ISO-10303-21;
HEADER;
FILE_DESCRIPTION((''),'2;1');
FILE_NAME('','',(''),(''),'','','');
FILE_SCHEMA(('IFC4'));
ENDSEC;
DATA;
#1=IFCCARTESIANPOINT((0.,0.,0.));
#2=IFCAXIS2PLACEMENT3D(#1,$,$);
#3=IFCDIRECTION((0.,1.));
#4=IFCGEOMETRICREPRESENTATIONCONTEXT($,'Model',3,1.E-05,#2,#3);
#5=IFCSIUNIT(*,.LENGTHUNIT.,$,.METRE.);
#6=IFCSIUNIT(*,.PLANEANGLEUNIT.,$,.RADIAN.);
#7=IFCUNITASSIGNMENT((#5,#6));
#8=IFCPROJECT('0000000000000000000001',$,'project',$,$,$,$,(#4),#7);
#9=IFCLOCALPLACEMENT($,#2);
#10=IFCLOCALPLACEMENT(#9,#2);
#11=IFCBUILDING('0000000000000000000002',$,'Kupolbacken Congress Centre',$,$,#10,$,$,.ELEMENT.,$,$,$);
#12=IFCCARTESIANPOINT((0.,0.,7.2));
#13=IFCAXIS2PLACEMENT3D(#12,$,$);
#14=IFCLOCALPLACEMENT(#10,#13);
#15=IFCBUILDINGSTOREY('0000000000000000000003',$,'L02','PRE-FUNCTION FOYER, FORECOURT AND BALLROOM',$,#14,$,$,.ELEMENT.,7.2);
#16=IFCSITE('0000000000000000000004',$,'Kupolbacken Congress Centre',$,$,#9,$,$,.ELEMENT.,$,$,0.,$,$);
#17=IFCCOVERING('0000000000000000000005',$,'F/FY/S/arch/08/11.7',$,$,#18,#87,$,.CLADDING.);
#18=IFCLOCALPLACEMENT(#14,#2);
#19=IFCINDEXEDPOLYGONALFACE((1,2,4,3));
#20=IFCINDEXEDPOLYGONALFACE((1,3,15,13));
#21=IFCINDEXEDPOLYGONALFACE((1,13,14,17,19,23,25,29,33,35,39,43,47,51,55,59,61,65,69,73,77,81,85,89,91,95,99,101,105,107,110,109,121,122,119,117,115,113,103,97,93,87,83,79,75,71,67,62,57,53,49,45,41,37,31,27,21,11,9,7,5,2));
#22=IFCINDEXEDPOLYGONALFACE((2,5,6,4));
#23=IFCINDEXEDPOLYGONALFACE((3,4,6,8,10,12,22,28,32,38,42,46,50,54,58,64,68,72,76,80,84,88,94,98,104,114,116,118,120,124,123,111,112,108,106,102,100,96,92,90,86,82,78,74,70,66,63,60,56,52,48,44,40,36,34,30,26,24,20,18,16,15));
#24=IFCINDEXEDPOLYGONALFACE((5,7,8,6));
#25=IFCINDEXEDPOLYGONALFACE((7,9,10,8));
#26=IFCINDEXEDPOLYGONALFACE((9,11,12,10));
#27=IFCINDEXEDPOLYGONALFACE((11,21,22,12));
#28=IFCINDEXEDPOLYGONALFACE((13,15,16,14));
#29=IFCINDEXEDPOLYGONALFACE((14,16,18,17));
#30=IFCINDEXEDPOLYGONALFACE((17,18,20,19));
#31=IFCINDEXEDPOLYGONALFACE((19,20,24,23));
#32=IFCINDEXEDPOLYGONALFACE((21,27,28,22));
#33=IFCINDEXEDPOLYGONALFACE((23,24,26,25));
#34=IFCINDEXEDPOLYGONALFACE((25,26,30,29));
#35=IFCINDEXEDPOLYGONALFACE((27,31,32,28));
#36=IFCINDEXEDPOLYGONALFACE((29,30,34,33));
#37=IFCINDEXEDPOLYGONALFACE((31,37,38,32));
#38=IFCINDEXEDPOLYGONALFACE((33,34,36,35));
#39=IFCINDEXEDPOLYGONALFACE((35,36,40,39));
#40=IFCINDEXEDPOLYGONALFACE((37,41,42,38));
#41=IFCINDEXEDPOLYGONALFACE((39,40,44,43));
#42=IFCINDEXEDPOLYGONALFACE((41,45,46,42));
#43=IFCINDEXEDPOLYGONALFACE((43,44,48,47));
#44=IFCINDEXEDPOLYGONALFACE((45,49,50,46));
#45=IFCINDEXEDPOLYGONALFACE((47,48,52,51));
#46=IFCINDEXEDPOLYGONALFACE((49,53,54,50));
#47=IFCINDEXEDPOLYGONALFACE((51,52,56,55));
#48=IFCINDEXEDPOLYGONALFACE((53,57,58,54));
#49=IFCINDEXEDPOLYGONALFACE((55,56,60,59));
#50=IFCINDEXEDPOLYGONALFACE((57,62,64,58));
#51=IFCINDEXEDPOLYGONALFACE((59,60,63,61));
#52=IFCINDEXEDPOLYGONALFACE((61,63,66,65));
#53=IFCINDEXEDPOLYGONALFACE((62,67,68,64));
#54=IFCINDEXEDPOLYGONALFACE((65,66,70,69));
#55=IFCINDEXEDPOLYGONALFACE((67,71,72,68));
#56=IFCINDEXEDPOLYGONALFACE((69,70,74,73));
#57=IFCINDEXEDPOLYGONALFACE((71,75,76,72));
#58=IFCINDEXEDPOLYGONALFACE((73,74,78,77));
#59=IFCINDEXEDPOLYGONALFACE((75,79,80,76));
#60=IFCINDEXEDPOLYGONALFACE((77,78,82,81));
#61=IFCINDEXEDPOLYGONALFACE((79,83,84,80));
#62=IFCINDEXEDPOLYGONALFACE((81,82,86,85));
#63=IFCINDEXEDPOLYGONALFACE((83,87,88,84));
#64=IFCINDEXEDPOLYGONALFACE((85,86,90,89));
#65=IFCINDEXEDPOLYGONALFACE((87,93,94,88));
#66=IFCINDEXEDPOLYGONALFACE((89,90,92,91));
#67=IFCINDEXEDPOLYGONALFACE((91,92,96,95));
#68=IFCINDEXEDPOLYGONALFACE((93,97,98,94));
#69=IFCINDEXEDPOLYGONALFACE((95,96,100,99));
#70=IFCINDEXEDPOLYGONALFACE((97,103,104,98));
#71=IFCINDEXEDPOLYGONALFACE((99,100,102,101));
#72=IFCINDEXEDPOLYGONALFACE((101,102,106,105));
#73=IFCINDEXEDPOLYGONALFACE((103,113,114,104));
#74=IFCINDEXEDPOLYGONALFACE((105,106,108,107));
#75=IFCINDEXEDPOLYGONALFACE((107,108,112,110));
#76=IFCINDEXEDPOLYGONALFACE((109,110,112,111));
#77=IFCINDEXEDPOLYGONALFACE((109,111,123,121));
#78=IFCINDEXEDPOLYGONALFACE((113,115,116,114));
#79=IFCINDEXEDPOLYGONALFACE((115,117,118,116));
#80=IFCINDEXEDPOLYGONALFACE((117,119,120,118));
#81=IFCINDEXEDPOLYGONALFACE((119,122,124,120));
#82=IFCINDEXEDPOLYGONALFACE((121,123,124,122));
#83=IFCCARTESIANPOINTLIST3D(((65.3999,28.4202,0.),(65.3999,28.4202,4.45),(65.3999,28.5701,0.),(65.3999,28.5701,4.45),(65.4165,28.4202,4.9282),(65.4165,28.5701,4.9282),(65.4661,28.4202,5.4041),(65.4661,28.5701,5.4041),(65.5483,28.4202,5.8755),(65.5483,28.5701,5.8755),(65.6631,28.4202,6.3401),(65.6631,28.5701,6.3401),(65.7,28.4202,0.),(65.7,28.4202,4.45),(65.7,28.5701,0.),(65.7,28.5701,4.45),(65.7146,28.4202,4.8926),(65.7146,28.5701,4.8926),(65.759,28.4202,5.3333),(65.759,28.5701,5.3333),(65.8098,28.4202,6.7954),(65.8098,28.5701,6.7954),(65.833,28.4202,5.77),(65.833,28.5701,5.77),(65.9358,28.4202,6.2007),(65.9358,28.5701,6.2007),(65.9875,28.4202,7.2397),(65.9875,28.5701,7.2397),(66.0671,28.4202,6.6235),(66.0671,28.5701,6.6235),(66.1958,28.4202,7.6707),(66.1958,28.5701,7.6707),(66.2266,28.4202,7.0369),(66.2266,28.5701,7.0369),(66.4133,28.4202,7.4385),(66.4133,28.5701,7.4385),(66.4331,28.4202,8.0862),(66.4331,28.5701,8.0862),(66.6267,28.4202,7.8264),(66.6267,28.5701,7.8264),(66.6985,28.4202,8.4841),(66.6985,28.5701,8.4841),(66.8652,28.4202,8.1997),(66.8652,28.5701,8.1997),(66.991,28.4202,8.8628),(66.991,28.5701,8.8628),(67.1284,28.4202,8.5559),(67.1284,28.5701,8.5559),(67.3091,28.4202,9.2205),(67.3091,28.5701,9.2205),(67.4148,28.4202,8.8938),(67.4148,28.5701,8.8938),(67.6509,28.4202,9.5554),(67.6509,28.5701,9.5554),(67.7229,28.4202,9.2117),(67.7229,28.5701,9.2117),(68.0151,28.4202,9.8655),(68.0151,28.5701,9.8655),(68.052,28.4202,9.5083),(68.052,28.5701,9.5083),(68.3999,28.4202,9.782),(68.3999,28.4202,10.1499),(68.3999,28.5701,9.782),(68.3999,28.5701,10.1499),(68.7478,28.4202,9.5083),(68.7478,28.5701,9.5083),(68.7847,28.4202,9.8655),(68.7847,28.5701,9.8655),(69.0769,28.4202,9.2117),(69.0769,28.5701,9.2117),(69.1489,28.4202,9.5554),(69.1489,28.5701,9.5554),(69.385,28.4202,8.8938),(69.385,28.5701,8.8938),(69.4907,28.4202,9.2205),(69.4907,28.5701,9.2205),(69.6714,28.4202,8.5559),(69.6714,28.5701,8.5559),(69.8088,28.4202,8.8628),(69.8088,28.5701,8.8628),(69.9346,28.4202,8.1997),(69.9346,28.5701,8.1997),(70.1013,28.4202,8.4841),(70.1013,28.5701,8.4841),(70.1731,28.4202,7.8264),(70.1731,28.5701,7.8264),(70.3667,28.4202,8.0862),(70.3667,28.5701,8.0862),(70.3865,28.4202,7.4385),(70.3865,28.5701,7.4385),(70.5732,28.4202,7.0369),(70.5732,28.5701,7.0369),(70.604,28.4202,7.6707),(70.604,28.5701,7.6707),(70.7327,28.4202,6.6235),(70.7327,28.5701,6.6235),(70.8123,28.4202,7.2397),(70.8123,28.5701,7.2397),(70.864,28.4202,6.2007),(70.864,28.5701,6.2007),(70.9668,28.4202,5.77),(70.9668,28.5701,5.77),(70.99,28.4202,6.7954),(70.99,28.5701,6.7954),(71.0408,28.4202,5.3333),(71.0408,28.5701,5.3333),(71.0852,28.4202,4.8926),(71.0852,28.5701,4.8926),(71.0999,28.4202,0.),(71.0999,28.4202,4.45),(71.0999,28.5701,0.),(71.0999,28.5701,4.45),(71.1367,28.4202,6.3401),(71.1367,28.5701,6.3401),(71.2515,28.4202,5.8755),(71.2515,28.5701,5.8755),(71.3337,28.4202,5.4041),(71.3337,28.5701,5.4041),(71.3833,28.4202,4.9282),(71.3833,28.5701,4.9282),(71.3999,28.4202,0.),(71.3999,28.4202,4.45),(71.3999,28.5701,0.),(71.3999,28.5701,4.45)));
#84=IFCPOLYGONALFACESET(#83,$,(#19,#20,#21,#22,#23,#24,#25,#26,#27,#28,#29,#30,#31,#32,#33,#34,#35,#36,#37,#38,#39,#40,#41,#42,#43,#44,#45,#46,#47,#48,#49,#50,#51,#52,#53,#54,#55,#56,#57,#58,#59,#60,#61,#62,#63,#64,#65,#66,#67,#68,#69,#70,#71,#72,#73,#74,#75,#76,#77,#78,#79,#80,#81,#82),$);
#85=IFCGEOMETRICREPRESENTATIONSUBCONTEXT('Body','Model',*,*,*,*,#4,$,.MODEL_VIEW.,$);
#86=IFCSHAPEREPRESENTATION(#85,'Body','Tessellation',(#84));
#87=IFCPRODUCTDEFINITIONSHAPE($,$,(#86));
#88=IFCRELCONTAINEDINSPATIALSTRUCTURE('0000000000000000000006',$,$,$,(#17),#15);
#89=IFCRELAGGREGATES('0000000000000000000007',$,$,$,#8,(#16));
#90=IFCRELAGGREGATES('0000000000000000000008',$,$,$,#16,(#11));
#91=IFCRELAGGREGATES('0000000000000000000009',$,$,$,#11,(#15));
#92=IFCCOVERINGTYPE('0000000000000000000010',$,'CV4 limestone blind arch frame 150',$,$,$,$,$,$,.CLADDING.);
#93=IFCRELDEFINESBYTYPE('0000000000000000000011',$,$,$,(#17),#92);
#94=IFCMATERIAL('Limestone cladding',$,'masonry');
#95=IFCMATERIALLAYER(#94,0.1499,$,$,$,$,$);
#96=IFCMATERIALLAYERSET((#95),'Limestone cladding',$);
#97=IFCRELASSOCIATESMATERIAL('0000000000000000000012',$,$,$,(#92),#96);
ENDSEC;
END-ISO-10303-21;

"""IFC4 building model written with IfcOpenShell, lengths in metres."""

from ifc_helpers import new_model, si_unit, direction, frame, origin, place, context, subcontext, project, spatial, polyline, outline, extrude, material, layer, layer_set, type_object, element, save


model = new_model("IFC4")

# Units and contexts
model_context = context("Model", 3, precision=1e-05, world=origin(), true_north=direction((0.0, 1.0)))
body_context = subcontext(model_context, "Body", "Model", "MODEL_VIEW")
ifc_project = project(units=[si_unit("LENGTHUNIT", "METRE"), si_unit("PLANEANGLEUNIT", "RADIAN")], contexts=[model_context])

# Site, building, storey
site_placement = place(None, origin())
site = spatial("IfcSite", under=ifc_project, at=site_placement, Name="Kupolbacken Congress Centre", CompositionType="ELEMENT", RefElevation=0.0)
building_placement = place(site_placement, origin())
building = spatial("IfcBuilding", under=site, at=building_placement, Name="Kupolbacken Congress Centre", CompositionType="ELEMENT")
storey_placement = place(building_placement, frame((0.0, 0.0, 7.2)))
storey = spatial("IfcBuildingStorey", under=building, at=storey_placement, Name="L02", Description="PRE-FUNCTION FOYER, FORECOURT AND BALLROOM", CompositionType="ELEMENT", Elevation=7.2)

# Covering
ifc_material_1 = material(Name="Limestone cladding", Category="masonry")
ifc_layer_1 = layer(ifc_material_1, 0.1499)
ifc_layer_set_1 = layer_set([ifc_layer_1], Name="Limestone cladding")
covering_type_1 = type_object("IfcCoveringType", Name="CV4 limestone blind arch frame 150", PredefinedType="CLADDING", material=ifc_layer_set_1)
covering_1_placement = place(storey_placement, frame((65.3999, 28.5701, 0.0), z_axis=(0.0, -1.0, 0.0), x_axis=(1.0, 0.0, 0.0)))
element("IfcCovering", 1, at=covering_1_placement, inside=storey, type_object=covering_type_1, Name="F/FY/S/arch/08/11.7", PredefinedType="CLADDING", context=body_context, shape_type="SweptSolid", body=[
    extrude(outline(polyline([(0.0, 0.0), (0.0, 4.45), (0.0166, 4.9282), (0.0662, 5.4041), (0.1484, 5.8755), (0.2632, 6.3401), (0.4099, 6.7954), (0.5876, 7.2397), (0.7959, 7.6707), (1.0332, 8.0862), (1.2986, 8.4841), (1.5911, 8.8628), (1.9092, 9.2205), (2.251, 9.5554), (2.6152, 9.8655), (3.0, 10.1499), (3.3848, 9.8655), (3.749, 9.5554), (4.0908, 9.2205), (4.4089, 8.8628), (4.7014, 8.4841), (4.9668, 8.0862), (5.2041, 7.6707), (5.4124, 7.2397), (5.5901, 6.7954), (5.7368, 6.3401), (5.8516, 5.8755), (5.9338, 5.4041), (5.9834, 4.9282), (6.0, 4.45), (6.0, 0.0), (5.7, 0.0), (5.7, 4.45), (5.6853, 4.8926), (5.6409, 5.3333), (5.5669, 5.77), (5.4641, 6.2007), (5.3328, 6.6235), (5.1733, 7.0369), (4.9866, 7.4385), (4.7732, 7.8264), (4.5347, 8.1997), (4.2715, 8.5559), (3.9851, 8.8938), (3.677, 9.2117), (3.3479, 9.5083), (3.0, 9.782), (2.6521, 9.5083), (2.323, 9.2117), (2.0149, 8.8938), (1.7285, 8.5559), (1.4653, 8.1997), (1.2268, 7.8264), (1.0134, 7.4385), (0.8267, 7.0369), (0.6672, 6.6235), (0.5359, 6.2007), (0.4331, 5.77), (0.3591, 5.3333), (0.3147, 4.8926), (0.3, 4.45), (0.3, 0.0), (0.0, 0.0)])), origin(), (0.0, 0.0, 1.0), 0.1499),
])

save(model, "model.ifc")
